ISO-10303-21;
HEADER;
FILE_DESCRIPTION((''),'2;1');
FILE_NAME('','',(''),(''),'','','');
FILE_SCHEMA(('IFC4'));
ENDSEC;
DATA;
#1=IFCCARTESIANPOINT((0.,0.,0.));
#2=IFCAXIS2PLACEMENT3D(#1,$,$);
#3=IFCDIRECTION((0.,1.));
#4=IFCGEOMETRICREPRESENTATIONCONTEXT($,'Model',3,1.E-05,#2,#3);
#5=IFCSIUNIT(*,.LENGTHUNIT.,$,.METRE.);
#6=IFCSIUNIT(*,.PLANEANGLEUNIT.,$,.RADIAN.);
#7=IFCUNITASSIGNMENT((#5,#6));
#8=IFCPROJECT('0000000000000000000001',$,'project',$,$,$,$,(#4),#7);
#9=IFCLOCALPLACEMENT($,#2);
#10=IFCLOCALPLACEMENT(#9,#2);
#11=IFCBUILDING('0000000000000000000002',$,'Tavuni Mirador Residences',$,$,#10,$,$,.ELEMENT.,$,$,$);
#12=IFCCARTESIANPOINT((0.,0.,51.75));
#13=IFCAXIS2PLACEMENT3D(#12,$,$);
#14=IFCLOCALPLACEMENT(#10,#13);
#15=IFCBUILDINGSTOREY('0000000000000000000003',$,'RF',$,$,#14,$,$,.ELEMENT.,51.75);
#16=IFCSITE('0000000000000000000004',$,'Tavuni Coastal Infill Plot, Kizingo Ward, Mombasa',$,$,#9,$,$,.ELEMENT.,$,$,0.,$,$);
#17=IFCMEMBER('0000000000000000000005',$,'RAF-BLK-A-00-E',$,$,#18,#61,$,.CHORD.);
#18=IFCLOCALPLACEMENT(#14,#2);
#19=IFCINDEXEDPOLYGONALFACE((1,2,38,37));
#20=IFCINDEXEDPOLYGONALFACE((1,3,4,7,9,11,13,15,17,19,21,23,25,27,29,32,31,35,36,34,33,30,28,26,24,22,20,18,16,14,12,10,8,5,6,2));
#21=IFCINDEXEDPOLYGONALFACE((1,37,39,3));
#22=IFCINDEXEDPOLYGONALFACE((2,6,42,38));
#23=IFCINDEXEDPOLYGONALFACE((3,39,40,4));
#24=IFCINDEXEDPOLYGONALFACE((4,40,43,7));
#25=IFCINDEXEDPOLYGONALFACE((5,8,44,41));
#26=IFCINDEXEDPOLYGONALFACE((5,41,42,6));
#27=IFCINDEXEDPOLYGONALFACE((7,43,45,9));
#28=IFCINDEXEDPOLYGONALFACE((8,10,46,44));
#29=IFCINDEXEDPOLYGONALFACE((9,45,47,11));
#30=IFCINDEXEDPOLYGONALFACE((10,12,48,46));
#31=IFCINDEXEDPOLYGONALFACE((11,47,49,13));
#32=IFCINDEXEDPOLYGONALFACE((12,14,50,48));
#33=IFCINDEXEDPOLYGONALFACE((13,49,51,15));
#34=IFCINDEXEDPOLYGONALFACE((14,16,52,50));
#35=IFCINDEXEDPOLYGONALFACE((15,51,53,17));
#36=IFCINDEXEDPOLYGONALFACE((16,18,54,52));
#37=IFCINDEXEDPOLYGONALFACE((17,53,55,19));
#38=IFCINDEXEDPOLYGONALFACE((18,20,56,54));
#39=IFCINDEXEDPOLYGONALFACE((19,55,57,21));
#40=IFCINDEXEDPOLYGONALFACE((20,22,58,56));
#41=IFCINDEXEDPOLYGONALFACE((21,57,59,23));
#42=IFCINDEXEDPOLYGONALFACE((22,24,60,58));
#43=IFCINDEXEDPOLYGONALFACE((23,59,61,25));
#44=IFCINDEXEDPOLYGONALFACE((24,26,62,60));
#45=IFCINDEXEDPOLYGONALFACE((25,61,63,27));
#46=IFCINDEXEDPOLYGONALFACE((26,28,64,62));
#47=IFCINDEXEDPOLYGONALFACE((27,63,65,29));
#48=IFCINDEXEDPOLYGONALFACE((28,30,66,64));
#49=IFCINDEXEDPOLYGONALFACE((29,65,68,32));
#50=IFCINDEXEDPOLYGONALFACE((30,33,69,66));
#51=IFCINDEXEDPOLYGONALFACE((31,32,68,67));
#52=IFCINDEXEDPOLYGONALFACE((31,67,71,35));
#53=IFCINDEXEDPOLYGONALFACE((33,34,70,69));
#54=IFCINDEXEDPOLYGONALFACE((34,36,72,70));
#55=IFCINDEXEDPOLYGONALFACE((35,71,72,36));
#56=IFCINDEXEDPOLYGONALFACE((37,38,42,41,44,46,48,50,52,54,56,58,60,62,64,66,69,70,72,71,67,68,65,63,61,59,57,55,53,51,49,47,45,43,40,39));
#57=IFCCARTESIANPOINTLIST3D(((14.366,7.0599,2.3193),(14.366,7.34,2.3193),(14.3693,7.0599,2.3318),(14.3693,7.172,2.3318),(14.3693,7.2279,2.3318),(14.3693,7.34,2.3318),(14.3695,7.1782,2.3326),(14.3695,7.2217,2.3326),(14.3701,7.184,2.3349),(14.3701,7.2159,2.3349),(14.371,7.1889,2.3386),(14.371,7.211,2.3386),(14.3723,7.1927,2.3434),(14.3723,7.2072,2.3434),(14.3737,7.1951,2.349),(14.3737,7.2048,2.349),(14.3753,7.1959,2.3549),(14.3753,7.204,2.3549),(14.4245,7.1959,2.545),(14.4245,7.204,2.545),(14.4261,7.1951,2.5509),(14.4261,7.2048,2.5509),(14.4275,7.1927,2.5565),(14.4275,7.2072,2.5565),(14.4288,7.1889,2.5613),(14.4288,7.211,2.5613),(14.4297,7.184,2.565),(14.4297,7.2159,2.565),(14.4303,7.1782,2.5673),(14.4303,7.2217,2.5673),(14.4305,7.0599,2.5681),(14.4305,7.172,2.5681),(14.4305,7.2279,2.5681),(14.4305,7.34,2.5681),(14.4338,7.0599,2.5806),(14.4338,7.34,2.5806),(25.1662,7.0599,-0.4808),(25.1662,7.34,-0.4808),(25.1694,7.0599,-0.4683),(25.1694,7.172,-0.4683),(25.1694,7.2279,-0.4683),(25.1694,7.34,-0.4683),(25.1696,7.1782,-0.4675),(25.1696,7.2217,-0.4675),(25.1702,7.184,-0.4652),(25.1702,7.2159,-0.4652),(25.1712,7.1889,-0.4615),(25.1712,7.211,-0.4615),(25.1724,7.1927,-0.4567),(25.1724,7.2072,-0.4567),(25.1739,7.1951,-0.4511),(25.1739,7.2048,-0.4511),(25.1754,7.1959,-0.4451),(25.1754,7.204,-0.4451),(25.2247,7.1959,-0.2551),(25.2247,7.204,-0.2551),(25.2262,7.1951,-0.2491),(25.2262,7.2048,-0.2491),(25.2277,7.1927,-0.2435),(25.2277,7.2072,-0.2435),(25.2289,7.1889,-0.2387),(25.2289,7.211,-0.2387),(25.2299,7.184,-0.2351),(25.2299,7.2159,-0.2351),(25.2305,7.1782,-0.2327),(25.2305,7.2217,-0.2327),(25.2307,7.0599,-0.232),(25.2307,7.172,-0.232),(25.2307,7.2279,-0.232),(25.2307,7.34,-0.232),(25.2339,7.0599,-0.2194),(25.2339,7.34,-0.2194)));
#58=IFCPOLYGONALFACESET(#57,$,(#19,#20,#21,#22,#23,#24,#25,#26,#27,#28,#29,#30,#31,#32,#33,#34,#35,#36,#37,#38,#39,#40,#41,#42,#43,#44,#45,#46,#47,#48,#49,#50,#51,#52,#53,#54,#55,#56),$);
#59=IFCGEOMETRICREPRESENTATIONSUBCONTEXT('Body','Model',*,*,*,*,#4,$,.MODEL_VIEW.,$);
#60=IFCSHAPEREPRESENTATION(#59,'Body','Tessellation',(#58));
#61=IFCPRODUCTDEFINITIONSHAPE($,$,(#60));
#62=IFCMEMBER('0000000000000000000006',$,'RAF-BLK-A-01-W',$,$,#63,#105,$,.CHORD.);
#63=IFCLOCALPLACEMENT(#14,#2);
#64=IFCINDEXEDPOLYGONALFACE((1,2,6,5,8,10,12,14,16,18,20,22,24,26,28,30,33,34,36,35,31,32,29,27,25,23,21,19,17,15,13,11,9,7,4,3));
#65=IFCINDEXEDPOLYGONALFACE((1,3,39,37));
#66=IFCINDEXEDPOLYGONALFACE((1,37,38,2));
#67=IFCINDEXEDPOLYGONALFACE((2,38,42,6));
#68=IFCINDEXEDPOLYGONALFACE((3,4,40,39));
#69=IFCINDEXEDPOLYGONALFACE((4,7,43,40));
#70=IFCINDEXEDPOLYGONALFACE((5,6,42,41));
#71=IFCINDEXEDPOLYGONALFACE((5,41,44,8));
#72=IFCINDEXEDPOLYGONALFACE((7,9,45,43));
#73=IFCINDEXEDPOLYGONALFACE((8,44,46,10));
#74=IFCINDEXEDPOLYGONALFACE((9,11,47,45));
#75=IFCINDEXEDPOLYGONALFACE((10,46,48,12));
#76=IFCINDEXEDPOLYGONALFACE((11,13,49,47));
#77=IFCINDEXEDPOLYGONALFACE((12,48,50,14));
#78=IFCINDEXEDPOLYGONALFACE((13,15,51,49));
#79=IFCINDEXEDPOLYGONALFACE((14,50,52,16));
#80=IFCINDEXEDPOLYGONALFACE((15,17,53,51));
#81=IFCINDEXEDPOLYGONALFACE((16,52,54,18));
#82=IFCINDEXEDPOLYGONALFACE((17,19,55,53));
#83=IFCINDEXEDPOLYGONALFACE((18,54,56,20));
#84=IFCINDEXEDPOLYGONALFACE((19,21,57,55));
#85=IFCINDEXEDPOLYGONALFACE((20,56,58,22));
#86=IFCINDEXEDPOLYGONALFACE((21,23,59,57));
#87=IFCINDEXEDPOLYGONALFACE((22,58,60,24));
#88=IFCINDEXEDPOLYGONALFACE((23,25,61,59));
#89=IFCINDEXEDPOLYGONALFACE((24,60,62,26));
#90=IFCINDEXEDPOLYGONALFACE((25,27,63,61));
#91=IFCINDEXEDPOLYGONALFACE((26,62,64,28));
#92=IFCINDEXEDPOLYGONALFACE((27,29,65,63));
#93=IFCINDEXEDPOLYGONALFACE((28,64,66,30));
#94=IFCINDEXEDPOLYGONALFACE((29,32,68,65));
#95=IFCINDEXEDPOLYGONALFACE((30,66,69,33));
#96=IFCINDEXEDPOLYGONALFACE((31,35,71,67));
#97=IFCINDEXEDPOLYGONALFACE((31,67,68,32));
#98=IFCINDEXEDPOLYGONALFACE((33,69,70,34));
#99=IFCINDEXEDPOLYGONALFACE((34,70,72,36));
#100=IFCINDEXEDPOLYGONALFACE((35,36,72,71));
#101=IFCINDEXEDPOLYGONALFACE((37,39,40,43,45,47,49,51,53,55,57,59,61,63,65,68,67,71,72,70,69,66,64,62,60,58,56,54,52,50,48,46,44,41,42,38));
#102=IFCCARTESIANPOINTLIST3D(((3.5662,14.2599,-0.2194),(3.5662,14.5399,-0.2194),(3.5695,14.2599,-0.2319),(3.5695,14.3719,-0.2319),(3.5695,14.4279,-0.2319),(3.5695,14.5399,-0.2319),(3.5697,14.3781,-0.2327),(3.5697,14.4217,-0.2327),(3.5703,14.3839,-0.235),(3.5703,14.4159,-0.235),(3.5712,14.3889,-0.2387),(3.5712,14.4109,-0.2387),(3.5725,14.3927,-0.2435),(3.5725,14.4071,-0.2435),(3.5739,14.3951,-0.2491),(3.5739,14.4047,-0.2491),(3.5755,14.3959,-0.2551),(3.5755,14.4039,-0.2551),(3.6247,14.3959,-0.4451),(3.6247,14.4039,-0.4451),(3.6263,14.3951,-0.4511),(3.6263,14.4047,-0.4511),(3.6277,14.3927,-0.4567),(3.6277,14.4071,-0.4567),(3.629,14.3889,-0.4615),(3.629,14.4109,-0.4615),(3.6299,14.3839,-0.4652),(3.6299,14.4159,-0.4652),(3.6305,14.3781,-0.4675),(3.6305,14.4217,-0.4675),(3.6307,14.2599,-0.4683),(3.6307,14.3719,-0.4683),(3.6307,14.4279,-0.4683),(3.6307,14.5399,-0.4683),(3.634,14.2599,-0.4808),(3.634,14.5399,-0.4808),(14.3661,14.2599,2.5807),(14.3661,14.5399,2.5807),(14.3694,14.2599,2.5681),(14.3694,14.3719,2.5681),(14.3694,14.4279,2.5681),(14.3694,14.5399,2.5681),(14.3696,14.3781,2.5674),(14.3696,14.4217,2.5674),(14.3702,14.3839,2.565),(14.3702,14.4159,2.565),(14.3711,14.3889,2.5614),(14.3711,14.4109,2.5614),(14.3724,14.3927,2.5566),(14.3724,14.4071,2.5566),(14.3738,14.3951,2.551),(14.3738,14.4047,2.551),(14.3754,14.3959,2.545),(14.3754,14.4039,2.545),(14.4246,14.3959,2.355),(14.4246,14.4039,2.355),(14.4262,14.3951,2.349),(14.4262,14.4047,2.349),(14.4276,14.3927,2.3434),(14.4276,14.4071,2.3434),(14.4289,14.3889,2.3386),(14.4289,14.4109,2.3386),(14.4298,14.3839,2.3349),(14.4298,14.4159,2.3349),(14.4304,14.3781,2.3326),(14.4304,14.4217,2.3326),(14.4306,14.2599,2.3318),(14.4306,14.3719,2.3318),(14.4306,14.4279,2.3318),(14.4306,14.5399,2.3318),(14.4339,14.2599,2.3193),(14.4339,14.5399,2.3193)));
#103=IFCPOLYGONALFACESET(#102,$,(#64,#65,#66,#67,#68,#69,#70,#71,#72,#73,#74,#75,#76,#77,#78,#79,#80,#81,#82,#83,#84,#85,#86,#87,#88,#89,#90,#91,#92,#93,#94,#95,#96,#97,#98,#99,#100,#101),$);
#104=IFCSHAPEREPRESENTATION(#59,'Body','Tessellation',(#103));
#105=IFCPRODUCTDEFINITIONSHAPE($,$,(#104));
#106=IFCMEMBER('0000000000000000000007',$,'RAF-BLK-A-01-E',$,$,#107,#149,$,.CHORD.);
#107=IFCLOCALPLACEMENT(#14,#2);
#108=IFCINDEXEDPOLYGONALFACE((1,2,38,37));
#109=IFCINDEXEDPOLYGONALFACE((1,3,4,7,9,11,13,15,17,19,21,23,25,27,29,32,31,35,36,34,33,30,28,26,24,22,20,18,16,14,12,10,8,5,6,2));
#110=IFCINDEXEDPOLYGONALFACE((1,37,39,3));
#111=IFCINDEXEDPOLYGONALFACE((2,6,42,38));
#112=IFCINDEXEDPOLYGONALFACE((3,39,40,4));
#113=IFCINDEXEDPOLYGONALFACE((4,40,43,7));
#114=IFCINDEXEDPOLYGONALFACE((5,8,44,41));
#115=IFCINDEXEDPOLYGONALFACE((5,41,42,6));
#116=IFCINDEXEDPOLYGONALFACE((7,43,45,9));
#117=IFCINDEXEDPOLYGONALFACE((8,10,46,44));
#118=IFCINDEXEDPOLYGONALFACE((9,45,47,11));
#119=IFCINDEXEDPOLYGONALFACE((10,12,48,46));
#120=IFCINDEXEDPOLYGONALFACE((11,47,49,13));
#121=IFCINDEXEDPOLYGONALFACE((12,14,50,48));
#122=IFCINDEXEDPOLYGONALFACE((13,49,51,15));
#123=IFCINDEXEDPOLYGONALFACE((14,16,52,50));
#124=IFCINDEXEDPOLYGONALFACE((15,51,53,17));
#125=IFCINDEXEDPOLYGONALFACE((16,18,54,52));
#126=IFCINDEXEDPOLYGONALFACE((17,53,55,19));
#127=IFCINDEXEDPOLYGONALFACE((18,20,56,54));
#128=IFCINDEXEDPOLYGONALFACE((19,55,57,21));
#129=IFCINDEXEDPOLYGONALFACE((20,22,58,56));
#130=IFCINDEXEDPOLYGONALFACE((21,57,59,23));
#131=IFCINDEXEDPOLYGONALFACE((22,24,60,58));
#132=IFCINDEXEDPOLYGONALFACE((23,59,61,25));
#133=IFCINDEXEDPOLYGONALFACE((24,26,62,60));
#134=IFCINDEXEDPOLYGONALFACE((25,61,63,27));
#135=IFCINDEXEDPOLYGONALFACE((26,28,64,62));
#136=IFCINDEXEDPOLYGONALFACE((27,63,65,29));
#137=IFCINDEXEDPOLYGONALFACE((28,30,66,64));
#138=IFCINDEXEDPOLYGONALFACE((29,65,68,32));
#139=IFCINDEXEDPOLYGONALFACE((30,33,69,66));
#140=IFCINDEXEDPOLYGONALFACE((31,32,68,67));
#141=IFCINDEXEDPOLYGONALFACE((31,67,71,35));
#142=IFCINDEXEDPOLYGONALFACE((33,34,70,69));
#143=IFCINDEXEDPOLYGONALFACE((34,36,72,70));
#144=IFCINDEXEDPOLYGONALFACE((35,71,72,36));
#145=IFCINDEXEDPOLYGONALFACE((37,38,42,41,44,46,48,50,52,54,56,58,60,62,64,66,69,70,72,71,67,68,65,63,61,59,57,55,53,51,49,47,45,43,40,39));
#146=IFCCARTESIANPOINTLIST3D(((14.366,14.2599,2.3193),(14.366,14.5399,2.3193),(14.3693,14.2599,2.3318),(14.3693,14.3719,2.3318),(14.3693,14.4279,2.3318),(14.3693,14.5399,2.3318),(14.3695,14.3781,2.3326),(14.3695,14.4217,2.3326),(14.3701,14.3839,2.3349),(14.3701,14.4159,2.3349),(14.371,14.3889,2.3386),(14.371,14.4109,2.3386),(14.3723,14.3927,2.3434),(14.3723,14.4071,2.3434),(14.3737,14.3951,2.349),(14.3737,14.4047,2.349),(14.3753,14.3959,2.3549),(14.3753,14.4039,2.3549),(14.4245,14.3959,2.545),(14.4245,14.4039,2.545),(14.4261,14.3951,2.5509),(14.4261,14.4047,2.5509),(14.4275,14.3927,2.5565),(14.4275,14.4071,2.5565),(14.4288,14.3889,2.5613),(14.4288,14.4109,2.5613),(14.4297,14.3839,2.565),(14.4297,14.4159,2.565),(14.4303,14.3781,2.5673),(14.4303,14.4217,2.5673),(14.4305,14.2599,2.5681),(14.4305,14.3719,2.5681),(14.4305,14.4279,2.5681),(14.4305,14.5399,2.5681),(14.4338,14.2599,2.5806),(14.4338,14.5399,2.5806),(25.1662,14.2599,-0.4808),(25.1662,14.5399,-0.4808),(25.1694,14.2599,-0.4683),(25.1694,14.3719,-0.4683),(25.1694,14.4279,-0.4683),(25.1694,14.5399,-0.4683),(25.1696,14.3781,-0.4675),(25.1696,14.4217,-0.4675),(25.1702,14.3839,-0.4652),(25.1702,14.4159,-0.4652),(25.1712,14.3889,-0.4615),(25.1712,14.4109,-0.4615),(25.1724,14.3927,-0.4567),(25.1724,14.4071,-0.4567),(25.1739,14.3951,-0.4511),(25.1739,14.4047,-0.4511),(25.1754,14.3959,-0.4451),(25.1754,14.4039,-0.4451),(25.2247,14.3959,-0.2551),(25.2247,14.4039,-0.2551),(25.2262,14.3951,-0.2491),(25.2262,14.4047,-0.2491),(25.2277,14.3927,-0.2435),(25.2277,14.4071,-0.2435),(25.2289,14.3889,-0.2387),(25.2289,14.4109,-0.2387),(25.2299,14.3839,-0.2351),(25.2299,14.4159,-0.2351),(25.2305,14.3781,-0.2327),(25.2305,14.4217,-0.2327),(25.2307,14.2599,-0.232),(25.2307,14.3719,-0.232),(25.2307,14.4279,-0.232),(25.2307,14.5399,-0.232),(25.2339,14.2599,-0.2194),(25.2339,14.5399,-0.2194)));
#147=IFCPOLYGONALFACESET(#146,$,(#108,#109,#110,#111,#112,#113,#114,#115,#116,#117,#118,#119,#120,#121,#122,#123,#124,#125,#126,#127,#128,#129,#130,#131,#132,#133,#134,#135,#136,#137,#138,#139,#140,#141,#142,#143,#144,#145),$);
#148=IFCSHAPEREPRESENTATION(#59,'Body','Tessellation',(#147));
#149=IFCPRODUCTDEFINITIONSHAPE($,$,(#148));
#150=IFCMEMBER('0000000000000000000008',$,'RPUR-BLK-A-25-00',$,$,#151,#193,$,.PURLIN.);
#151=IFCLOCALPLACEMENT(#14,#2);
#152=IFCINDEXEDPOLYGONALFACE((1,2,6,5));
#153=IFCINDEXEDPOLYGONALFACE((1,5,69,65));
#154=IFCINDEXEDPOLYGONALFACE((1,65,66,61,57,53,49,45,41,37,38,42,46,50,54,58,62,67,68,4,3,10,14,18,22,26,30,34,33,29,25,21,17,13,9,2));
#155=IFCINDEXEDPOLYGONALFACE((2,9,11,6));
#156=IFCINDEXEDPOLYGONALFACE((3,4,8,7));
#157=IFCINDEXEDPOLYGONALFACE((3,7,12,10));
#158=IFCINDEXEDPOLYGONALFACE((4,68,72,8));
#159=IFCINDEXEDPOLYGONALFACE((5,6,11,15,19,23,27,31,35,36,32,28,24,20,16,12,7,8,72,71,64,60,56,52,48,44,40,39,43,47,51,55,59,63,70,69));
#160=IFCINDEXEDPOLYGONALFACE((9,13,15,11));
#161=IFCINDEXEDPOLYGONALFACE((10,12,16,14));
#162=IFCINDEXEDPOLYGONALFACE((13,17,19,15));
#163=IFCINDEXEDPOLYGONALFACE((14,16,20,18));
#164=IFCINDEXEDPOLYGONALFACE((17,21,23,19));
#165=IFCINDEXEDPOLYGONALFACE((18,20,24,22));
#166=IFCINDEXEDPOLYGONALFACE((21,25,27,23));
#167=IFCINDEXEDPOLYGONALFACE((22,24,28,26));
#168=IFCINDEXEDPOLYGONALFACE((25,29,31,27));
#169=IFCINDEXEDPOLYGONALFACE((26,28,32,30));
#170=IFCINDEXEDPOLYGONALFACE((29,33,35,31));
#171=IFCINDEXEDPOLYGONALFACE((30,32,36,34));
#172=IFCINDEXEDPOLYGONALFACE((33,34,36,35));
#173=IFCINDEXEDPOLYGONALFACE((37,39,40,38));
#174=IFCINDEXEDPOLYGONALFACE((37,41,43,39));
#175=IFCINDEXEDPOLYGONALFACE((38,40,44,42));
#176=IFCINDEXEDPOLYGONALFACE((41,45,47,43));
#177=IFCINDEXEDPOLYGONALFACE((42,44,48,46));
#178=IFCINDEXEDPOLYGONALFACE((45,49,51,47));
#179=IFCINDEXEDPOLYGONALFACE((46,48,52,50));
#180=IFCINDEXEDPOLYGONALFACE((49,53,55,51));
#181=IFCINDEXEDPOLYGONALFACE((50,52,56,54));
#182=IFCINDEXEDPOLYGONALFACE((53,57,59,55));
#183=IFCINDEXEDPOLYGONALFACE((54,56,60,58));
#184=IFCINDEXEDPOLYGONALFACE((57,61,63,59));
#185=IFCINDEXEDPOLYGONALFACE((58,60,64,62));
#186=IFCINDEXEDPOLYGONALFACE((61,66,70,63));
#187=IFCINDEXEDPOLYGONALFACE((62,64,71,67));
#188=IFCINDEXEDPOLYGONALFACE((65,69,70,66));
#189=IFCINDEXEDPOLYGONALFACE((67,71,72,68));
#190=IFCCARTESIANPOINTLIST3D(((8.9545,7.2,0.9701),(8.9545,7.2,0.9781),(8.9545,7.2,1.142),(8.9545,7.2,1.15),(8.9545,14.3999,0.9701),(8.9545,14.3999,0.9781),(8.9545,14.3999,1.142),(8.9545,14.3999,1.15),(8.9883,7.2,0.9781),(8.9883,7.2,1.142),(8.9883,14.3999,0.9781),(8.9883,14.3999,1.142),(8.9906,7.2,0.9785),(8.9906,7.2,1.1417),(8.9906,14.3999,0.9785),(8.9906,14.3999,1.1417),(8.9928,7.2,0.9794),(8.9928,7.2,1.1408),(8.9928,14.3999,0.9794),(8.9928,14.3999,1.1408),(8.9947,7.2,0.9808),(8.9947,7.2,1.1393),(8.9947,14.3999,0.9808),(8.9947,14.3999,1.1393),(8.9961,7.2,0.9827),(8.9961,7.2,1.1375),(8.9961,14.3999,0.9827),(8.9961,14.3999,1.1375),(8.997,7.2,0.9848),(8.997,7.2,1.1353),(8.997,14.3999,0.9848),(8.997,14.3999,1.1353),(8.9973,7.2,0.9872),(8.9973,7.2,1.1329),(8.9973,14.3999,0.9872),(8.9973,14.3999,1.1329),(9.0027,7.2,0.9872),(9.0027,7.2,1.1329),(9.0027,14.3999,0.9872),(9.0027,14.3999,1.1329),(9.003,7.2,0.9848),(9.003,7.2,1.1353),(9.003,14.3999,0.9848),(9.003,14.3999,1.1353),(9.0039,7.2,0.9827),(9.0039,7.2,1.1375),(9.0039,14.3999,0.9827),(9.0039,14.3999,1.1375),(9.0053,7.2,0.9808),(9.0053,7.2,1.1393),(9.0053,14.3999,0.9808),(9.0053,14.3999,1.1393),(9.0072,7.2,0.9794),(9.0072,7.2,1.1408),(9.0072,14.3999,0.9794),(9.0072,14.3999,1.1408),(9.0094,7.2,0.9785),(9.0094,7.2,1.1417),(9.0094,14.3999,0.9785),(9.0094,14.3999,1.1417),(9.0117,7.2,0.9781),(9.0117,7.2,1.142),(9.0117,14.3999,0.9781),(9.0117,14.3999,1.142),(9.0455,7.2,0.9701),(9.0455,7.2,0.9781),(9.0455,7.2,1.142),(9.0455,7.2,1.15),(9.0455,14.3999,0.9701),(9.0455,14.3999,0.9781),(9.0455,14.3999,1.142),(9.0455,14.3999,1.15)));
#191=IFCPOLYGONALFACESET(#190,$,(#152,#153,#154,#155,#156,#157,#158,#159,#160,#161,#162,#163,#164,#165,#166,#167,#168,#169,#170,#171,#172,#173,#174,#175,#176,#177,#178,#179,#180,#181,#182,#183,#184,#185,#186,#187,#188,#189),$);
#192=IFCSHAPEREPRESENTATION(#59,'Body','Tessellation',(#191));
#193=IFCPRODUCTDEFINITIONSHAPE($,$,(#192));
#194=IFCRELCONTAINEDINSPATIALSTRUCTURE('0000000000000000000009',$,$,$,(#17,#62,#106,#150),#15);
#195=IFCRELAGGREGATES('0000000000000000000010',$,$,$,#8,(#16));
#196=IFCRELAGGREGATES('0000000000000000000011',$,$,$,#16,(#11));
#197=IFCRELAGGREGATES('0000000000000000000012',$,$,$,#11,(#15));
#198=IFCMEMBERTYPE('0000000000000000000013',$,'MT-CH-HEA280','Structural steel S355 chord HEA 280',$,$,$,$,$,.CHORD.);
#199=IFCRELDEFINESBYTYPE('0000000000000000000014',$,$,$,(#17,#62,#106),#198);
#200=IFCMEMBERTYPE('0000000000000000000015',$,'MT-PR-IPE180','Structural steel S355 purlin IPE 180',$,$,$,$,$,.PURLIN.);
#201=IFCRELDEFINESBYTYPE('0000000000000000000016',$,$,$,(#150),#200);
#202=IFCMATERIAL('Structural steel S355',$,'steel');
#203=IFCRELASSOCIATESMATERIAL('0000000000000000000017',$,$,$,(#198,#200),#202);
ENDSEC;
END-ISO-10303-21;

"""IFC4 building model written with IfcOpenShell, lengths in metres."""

from ifc_helpers import new_model, si_unit, direction, frame, origin, origin_2d, place, context, subcontext, project, spatial, i_section, extrude, material, material_profile, profile_set, type_object, element, save


model = new_model("IFC4")

# Units and contexts
model_context = context("Model", 3, precision=1e-05, world=origin(), true_north=direction((0.0, 1.0)))
body_context = subcontext(model_context, "Body", "Model", "MODEL_VIEW")
ifc_project = project(units=[si_unit("LENGTHUNIT", "METRE"), si_unit("PLANEANGLEUNIT", "RADIAN")], contexts=[model_context])

# Site, building, storey
site_placement = place(None, origin())
site = spatial("IfcSite", under=ifc_project, at=site_placement, Name="Tavuni Coastal Infill Plot, Kizingo Ward, Mombasa", CompositionType="ELEMENT", RefElevation=0.0)
building_placement = place(site_placement, origin())
building = spatial("IfcBuilding", under=site, at=building_placement, Name="Tavuni Mirador Residences", CompositionType="ELEMENT")
storey_placement = place(building_placement, frame((0.0, 0.0, 51.75)))
storey = spatial("IfcBuildingStorey", under=building, at=storey_placement, Name="RF", CompositionType="ELEMENT", Elevation=51.75)

# Members
ifc_material_1 = material(Name="Structural steel S355", Category="steel")
ifc_material_profile_1 = material_profile(ifc_material_1, i_section(OverallWidth=0.28, OverallDepth=0.27, WebThickness=0.0081, FlangeThickness=0.0129, FilletRadius=0.0239, at=origin_2d()), Name="HEA 280", Category="steel")
ifc_profile_set_1 = profile_set([ifc_material_profile_1], Name="Structural steel S355")
member_type_1 = type_object("IfcMemberType", Name="MT-CH-HEA280", Description="Structural steel S355 chord HEA 280", PredefinedType="CHORD", material=ifc_profile_set_1)
member_1_placement = place(storey_placement, frame((14.3999, 7.2, 2.45), z_axis=(0.967996, 0.0, -0.250965), x_axis=(0.0, 1.0, 0.0)))
element("IfcMember", 1, at=member_1_placement, inside=storey, type_object=member_type_1, Name="RAF-BLK-A-00-E", PredefinedType="CHORD", context=body_context, shape_type="SweptSolid", body=[
    extrude(i_section(OverallWidth=0.28, OverallDepth=0.27, WebThickness=0.0081, FlangeThickness=0.0129, FilletRadius=0.0239, at=origin_2d()), origin(), (0.0, 0.0, 1.0), 11.1572),
])
member_2_placement = place(storey_placement, frame((3.6001, 14.3999, -0.3501), z_axis=(0.967995, 0.0, 0.250971), x_axis=(0.0, 1.0, 0.0)))
element("IfcMember", 2, at=member_2_placement, inside=storey, type_object=member_type_1, Name="RAF-BLK-A-01-W", PredefinedType="CHORD", context=body_context, shape_type="SweptSolid", body=[
    extrude(i_section(OverallWidth=0.28, OverallDepth=0.27, WebThickness=0.0081, FlangeThickness=0.0129, FilletRadius=0.0239, at=origin_2d()), origin(), (0.0, 0.0, 1.0), 11.157),
])
member_3_placement = place(storey_placement, frame((14.3999, 14.3999, 2.45), z_axis=(0.967996, 0.0, -0.250965), x_axis=(0.0, 1.0, 0.0)))
element("IfcMember", 3, at=member_3_placement, inside=storey, type_object=member_type_1, Name="RAF-BLK-A-01-E", PredefinedType="CHORD", context=body_context, shape_type="SweptSolid", body=[
    extrude(i_section(OverallWidth=0.28, OverallDepth=0.27, WebThickness=0.0081, FlangeThickness=0.0129, FilletRadius=0.0239, at=origin_2d()), origin(), (0.0, 0.0, 1.0), 11.1572),
])
ifc_material_profile_2 = material_profile(ifc_material_1, i_section(OverallWidth=0.0911, OverallDepth=0.1799, WebThickness=0.0054, FlangeThickness=0.0081, FilletRadius=0.009, at=origin_2d()), Name="IPE 180", Category="steel")
ifc_profile_set_2 = profile_set([ifc_material_profile_2], Name="Structural steel S355")
member_type_2 = type_object("IfcMemberType", Name="MT-PR-IPE180", Description="Structural steel S355 purlin IPE 180", PredefinedType="PURLIN", material=ifc_profile_set_2)
member_4_placement = place(storey_placement, frame((9.0, 7.2, 1.0601), z_axis=(0.0, 1.0, 0.0), x_axis=(-1.0, 0.0, 0.0)))
element("IfcMember", 4, at=member_4_placement, inside=storey, type_object=member_type_2, Name="RPUR-BLK-A-25-00", PredefinedType="PURLIN", context=body_context, shape_type="SweptSolid", body=[
    extrude(i_section(OverallWidth=0.0911, OverallDepth=0.1799, WebThickness=0.0054, FlangeThickness=0.0081, FilletRadius=0.009, at=origin_2d()), origin(), (0.0, 0.0, 1.0), 7.2),
])

save(model, "model.ifc")
